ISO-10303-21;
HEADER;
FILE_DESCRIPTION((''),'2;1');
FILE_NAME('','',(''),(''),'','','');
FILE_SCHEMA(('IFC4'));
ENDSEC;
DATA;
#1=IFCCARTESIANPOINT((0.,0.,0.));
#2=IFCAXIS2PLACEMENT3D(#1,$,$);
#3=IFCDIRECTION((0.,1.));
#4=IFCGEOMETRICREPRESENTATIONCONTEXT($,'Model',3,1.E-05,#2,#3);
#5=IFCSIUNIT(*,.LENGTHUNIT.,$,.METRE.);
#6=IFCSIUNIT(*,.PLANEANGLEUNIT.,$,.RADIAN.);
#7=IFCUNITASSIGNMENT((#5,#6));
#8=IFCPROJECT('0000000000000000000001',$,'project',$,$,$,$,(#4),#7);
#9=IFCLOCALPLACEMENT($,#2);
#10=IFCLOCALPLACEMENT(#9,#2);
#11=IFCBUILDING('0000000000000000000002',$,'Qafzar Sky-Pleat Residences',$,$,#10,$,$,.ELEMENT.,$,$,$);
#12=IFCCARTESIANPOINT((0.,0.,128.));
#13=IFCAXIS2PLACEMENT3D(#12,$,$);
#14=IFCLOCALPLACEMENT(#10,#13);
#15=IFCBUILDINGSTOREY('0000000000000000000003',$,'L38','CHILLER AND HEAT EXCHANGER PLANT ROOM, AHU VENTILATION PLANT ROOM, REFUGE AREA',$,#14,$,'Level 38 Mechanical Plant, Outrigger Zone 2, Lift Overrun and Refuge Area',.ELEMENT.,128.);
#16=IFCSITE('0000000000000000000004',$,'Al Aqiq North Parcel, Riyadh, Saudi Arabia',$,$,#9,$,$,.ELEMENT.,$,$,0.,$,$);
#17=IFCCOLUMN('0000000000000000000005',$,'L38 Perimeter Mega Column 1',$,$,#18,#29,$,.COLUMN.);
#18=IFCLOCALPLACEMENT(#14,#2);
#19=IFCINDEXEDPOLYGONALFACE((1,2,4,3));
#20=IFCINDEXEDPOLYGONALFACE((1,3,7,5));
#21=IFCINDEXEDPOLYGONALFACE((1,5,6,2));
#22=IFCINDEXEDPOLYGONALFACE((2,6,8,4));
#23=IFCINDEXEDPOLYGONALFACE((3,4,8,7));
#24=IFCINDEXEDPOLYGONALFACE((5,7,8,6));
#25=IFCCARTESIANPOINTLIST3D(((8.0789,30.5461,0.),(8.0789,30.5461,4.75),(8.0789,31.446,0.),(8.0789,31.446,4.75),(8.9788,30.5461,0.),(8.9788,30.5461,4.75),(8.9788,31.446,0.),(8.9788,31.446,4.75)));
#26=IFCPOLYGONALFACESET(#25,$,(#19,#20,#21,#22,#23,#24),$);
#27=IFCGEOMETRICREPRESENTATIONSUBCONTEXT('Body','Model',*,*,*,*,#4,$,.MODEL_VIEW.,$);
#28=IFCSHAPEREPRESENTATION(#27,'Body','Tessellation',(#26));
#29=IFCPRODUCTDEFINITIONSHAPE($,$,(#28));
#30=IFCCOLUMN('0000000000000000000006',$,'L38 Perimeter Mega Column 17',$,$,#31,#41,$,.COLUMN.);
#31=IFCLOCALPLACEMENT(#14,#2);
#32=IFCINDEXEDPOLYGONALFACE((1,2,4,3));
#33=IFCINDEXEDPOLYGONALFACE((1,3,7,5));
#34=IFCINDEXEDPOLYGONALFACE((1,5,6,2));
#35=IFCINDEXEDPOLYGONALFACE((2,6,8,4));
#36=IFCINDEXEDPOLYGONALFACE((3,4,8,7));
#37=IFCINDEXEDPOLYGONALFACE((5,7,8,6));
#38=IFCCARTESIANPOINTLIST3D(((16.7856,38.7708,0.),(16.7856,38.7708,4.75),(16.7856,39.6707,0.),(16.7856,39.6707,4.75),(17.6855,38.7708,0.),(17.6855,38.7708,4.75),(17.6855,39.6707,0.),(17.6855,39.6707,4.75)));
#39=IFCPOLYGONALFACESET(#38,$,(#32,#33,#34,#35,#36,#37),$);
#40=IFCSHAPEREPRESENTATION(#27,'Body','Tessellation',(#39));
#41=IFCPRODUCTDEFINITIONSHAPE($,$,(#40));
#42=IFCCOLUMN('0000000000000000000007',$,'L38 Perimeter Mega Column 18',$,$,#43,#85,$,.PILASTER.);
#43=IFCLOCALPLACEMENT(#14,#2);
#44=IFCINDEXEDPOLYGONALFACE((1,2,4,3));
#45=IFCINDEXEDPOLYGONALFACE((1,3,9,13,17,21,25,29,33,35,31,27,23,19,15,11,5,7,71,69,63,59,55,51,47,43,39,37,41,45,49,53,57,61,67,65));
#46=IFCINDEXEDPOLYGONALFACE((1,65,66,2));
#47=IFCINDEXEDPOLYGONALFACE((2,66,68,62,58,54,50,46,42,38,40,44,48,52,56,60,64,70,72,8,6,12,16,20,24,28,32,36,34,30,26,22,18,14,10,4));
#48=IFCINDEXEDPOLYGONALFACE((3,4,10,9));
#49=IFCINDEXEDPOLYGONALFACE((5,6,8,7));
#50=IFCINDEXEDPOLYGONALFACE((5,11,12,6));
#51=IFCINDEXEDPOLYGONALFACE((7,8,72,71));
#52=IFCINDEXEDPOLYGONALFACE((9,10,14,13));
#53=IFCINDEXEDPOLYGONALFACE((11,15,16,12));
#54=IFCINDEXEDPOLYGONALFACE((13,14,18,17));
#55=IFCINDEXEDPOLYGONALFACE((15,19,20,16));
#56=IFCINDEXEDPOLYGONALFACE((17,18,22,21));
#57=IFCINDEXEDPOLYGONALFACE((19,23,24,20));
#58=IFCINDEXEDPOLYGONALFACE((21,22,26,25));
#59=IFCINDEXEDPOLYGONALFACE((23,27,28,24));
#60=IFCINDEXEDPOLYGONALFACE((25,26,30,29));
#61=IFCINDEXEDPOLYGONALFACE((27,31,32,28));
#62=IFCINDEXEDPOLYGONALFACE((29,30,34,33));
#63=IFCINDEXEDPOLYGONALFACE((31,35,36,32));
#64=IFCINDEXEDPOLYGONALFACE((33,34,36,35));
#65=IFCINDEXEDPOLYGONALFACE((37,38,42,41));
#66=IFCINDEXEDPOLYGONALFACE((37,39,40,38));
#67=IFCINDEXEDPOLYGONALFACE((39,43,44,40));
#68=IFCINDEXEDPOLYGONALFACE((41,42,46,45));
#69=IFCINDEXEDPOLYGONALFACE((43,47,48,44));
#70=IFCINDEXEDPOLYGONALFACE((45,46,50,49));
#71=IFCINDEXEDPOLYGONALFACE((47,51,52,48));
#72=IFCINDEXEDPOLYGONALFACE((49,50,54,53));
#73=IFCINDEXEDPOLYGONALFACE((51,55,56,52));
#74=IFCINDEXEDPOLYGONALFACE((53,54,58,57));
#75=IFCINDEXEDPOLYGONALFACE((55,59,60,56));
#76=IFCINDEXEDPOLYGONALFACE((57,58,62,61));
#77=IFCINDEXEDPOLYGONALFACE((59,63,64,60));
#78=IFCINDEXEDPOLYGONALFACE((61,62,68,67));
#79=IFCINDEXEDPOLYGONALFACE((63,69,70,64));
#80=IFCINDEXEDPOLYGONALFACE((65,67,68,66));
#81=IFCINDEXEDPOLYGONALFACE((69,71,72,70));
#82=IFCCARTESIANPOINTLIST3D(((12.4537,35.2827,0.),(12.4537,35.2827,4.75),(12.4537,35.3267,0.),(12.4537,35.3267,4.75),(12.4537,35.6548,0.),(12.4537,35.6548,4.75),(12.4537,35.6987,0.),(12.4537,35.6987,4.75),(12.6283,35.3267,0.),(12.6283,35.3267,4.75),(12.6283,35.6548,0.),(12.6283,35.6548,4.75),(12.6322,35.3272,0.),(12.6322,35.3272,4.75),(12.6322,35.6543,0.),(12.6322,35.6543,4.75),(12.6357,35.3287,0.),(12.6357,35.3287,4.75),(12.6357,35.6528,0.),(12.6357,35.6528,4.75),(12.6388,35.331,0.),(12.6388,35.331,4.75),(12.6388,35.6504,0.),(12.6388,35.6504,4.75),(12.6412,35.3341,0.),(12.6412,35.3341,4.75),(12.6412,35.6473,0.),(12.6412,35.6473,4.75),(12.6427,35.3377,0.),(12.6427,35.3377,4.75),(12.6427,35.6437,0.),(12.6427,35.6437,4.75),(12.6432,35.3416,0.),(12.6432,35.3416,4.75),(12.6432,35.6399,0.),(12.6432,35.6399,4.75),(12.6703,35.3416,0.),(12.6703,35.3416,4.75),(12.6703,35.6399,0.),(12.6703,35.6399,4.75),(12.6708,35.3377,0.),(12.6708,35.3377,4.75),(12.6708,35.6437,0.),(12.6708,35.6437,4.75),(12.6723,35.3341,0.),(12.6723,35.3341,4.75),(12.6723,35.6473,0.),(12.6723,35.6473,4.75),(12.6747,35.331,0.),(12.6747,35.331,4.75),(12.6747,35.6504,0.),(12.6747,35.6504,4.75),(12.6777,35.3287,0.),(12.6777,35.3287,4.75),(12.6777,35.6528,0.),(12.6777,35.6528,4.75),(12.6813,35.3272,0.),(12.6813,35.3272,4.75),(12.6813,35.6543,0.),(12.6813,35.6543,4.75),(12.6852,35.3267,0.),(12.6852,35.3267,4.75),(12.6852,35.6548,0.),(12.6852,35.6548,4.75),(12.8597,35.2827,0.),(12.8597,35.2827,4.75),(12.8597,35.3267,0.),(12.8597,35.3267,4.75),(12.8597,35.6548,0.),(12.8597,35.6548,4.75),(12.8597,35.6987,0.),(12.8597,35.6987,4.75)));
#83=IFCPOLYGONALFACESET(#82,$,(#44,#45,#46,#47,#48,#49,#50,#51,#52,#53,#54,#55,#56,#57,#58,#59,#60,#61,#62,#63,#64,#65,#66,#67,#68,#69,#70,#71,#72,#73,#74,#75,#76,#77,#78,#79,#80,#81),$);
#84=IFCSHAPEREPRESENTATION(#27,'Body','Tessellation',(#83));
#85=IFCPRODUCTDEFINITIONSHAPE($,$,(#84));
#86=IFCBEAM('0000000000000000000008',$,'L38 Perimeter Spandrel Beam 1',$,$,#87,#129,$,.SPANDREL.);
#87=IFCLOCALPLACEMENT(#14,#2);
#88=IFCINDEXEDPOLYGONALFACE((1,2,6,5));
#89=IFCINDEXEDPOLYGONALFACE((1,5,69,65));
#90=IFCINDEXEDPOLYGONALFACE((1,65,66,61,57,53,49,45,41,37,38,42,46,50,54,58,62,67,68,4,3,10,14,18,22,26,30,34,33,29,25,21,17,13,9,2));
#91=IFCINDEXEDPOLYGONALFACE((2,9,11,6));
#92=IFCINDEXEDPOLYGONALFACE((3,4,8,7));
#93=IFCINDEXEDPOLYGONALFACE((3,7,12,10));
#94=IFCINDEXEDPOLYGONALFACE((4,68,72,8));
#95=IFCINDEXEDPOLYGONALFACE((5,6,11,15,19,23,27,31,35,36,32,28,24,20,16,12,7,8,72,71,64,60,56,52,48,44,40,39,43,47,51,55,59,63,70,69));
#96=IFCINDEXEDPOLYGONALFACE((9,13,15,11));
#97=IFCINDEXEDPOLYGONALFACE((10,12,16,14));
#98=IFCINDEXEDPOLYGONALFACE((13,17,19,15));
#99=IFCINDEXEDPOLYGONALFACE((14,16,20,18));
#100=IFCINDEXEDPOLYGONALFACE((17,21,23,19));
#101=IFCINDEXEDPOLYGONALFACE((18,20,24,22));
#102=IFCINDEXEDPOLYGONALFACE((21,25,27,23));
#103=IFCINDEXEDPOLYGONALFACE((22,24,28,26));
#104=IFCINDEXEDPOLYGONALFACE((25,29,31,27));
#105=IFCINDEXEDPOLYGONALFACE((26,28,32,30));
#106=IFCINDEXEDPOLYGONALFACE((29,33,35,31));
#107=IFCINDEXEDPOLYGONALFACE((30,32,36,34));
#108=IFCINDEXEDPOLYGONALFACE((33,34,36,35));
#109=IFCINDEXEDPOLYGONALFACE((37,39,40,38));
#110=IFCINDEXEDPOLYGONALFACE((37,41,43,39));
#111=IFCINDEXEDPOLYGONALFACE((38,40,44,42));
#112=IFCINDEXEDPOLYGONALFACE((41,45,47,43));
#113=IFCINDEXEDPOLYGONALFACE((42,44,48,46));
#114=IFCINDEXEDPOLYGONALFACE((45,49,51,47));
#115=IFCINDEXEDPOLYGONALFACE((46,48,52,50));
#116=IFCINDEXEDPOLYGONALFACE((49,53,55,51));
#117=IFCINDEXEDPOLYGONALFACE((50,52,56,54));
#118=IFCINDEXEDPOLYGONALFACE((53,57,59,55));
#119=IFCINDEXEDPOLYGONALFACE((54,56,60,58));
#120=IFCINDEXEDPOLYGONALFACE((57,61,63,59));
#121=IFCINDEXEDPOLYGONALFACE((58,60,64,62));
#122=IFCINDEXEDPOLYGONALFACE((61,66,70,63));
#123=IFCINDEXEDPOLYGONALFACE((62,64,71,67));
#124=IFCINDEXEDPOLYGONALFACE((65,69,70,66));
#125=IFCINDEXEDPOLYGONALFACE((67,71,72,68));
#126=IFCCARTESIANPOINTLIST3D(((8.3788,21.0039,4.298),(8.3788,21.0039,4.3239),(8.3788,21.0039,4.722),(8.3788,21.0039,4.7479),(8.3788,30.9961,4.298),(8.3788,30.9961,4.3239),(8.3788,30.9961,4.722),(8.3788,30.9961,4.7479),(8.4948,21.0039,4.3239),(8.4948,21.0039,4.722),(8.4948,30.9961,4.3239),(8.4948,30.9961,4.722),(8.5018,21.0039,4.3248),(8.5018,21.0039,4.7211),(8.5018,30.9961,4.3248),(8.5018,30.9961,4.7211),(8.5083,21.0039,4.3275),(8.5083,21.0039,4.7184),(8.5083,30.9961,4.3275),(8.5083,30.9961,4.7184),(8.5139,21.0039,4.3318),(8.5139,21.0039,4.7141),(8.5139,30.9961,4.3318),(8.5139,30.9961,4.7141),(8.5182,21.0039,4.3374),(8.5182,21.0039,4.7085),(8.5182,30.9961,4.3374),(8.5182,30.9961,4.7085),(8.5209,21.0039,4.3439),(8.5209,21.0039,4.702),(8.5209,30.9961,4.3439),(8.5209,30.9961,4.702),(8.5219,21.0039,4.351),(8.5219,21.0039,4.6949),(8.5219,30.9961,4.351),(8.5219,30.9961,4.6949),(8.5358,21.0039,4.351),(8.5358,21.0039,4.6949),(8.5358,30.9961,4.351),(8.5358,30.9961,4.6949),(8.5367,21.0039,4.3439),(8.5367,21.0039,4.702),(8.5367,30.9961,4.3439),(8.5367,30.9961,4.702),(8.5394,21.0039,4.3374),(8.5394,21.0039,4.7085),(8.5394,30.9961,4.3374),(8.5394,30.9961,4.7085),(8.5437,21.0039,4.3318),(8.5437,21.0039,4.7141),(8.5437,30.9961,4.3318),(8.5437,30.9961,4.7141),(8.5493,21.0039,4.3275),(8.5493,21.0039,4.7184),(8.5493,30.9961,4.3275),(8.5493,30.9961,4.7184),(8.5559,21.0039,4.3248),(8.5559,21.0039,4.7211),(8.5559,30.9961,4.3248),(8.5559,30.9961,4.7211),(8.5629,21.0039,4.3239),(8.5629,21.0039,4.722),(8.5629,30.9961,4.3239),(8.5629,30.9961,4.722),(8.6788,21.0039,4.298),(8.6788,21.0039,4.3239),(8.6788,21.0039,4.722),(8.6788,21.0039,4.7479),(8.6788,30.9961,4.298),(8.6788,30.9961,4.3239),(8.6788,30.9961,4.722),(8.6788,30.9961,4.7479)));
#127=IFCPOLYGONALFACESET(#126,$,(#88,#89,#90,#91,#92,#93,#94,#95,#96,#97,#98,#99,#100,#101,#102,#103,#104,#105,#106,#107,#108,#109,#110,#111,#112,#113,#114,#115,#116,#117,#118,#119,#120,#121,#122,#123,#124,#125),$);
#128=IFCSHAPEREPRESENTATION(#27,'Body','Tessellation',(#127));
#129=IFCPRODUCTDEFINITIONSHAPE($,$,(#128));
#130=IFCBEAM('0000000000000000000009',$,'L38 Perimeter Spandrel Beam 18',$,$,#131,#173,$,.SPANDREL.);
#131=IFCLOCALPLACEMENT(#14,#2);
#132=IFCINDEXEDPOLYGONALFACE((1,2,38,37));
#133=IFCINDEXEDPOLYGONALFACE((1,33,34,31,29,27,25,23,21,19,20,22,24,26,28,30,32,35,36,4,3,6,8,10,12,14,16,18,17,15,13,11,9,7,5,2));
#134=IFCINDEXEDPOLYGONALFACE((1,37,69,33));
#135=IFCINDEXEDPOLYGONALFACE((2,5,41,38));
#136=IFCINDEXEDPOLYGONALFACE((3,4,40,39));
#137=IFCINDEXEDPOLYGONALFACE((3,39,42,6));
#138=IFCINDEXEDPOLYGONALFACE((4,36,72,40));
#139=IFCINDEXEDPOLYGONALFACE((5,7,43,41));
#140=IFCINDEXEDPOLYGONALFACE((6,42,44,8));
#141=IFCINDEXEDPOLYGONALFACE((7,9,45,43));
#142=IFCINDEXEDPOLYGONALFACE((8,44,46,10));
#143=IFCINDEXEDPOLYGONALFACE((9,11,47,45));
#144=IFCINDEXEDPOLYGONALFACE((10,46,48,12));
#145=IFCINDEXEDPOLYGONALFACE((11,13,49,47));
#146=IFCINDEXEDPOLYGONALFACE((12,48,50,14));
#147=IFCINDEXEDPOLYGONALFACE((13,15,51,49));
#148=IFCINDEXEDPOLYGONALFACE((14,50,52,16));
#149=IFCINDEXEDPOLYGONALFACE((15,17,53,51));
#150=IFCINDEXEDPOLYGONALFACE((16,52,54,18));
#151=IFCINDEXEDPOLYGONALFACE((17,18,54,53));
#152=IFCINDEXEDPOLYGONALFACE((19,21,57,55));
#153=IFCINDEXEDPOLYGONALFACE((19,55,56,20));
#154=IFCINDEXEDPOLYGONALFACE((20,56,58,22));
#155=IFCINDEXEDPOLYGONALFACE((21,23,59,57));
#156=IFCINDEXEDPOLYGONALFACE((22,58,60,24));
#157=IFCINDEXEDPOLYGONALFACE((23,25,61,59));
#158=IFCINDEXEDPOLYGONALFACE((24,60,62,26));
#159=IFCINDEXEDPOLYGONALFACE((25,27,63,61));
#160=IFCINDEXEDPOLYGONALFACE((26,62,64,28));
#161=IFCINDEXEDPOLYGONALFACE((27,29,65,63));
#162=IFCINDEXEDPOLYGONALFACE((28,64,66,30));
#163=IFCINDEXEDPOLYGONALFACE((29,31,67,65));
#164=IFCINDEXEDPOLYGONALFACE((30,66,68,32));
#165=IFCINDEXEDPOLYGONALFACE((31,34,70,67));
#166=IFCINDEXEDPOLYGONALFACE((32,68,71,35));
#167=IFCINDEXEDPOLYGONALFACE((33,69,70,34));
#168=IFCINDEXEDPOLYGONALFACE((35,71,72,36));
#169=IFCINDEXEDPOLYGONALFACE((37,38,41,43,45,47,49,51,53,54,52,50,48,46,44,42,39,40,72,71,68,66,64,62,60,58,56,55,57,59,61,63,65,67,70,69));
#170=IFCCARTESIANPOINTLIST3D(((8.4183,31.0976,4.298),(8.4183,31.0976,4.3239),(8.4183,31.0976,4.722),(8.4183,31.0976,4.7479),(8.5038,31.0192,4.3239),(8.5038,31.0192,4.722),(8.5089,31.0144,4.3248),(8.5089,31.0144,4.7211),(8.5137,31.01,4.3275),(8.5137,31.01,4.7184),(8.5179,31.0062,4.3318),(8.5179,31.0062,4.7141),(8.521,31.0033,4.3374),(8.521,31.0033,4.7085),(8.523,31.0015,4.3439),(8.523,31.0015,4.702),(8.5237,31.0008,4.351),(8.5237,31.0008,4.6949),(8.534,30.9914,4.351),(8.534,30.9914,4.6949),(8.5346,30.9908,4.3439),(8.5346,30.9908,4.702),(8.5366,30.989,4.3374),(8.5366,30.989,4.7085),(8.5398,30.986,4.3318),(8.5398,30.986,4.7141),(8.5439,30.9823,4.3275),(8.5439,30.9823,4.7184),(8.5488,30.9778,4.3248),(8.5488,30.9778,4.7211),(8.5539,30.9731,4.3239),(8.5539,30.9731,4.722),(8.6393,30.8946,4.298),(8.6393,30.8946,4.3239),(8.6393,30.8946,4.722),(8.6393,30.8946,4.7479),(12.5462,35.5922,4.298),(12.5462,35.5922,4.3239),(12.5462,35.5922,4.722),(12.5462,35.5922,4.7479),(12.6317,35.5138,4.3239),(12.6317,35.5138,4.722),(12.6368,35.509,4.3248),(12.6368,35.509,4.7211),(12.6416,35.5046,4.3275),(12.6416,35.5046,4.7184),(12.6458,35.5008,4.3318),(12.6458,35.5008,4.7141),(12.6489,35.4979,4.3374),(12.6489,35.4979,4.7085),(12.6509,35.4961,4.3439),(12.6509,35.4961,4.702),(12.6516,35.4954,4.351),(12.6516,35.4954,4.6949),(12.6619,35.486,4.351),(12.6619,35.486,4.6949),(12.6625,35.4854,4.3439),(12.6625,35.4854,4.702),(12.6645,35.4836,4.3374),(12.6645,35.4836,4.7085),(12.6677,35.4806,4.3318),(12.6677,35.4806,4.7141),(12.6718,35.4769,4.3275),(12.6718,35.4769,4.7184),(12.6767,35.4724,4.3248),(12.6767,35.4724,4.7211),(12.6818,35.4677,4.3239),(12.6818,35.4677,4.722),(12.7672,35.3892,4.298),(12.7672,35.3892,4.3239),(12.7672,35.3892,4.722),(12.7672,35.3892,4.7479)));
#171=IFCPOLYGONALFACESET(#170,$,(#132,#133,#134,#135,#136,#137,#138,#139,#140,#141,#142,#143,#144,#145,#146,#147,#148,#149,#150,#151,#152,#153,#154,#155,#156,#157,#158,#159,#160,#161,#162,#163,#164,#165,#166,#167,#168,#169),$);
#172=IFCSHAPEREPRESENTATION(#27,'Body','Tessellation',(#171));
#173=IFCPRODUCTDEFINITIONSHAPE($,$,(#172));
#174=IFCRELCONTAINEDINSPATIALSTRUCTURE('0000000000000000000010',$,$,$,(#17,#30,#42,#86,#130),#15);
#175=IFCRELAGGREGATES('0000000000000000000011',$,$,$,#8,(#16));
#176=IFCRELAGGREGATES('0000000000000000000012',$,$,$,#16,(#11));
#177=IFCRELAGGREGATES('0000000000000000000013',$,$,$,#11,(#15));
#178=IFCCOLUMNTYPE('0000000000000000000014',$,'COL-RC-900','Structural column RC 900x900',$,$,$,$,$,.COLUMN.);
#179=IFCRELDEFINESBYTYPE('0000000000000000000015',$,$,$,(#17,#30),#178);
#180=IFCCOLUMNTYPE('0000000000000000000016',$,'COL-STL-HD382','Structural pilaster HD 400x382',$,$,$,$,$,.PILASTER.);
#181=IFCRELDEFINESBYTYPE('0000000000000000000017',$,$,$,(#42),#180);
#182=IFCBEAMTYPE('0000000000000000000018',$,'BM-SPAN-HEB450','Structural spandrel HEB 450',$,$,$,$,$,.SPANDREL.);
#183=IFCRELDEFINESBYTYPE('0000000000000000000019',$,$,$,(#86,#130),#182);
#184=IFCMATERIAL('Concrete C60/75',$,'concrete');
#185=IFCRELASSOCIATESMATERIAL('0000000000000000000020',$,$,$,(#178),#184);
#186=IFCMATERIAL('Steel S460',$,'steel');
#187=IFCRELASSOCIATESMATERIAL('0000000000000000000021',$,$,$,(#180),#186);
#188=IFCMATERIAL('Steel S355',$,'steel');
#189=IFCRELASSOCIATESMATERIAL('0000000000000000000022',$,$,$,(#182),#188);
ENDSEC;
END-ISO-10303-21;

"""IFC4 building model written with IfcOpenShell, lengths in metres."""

from ifc_helpers import new_model, si_unit, direction, frame, origin, origin_2d, place, context, subcontext, project, spatial, rectangle, i_section, extrude, source, transform, mapped, material, material_profile, profile_set, type_object, element, save


model = new_model("IFC4")

# Units and contexts
model_context = context("Model", 3, precision=1e-05, world=origin(), true_north=direction((0.0, 1.0)))
body_context = subcontext(model_context, "Body", "Model", "MODEL_VIEW")
ifc_project = project(units=[si_unit("LENGTHUNIT", "METRE"), si_unit("PLANEANGLEUNIT", "RADIAN")], contexts=[model_context])

# Site, building, storey
site_placement = place(None, origin())
site = spatial("IfcSite", under=ifc_project, at=site_placement, Name="Al Aqiq North Parcel, Riyadh, Saudi Arabia", CompositionType="ELEMENT", RefElevation=0.0)
building_placement = place(site_placement, origin())
building = spatial("IfcBuilding", under=site, at=building_placement, Name="Qafzar Sky-Pleat Residences", CompositionType="ELEMENT")
storey_placement = place(building_placement, frame((0.0, 0.0, 128.0)))
storey = spatial("IfcBuildingStorey", under=building, at=storey_placement, Name="L38", Description="CHILLER AND HEAT EXCHANGER PLANT ROOM, AHU VENTILATION PLANT ROOM, REFUGE AREA", LongName="Level 38 Mechanical Plant, Outrigger Zone 2, Lift Overrun and Refuge Area", CompositionType="ELEMENT", Elevation=128.0)

# Columns
ifc_material_1 = material(Name="Concrete C60/75", Category="concrete")
ifc_material_profile_1 = material_profile(ifc_material_1, rectangle(XDim=0.8999, YDim=0.8999, at=origin_2d()), Name="RC 900x900")
ifc_profile_set_1 = profile_set([ifc_material_profile_1], Name="Concrete C60/75")
column_type_1 = type_object("IfcColumnType", Name="COL-RC-900", Description="Structural column RC 900x900", PredefinedType="COLUMN", material=ifc_profile_set_1)
shared_shape_1 = source(origin(), body_context, "Body", "SweptSolid", [
    extrude(rectangle(XDim=0.8999, YDim=0.8999, at=origin_2d()), origin(), (0.0, 0.0, 1.0), 4.75),
])
for number, where, z_axis, x_axis, name in (
    (1, (8.5288, 30.9961, 0.0), (0.0, 0.0, 1.0), (1.0, 0.0, 0.0), "L38 Perimeter Mega Column 1"),
    (2, (17.2356, 39.2207, 0.0), (0.0, 0.0, 1.0), (1.0, 0.0, 0.0), "L38 Perimeter Mega Column 17"),
):
    element("IfcColumn", number, at=place(storey_placement, frame(where, z_axis=z_axis, x_axis=x_axis)), inside=storey, type_object=column_type_1, Name=name, PredefinedType="COLUMN", context=body_context, shape_type="MappedRepresentation", body=[
        mapped(shared_shape_1, transform((0.0, 0.0, 0.0), x_axis=(1.0, 0.0, 0.0), y_axis=(0.0, 1.0, 0.0), z_axis=(0.0, 0.0, 1.0), scale=1.0)),
    ])
ifc_material_2 = material(Name="Steel S460", Category="steel")
ifc_material_profile_2 = material_profile(ifc_material_2, i_section(OverallWidth=0.406, OverallDepth=0.416, WebThickness=0.0271, FlangeThickness=0.0439, FilletRadius=0.0149, at=origin_2d()), Name="HD 400x382")
ifc_profile_set_2 = profile_set([ifc_material_profile_2], Name="Steel S460")
column_type_2 = type_object("IfcColumnType", Name="COL-STL-HD382", Description="Structural pilaster HD 400x382", PredefinedType="PILASTER", material=ifc_profile_set_2)
shared_shape_2 = source(origin(), body_context, "Body", "SweptSolid", [
    extrude(i_section(OverallWidth=0.406, OverallDepth=0.416, WebThickness=0.0271, FlangeThickness=0.0439, FilletRadius=0.0149, at=origin_2d()), origin(), (0.0, 0.0, 1.0), 4.75),
])
column_placement = place(storey_placement, frame((12.6567, 35.4907, 0.0), z_axis=(0.0, 0.0, 1.0), x_axis=(1.0, 0.0, 0.0)))
element("IfcColumn", 3, at=column_placement, inside=storey, type_object=column_type_2, Name="L38 Perimeter Mega Column 18", PredefinedType="PILASTER", context=body_context, shape_type="MappedRepresentation", body=[
    mapped(shared_shape_2, transform((0.0, 0.0, 0.0), x_axis=(1.0, 0.0, 0.0), y_axis=(0.0, 1.0, 0.0), z_axis=(0.0, 0.0, 1.0), scale=1.0)),
])

# Beams
ifc_material_3 = material(Name="Steel S355", Category="steel")
ifc_material_profile_3 = material_profile(ifc_material_3, i_section(OverallWidth=0.3, OverallDepth=0.45, WebThickness=0.0139, FlangeThickness=0.0259, FilletRadius=0.0271, at=origin_2d()), Name="HEB 450")
ifc_profile_set_3 = profile_set([ifc_material_profile_3], Name="Steel S355")
beam_type_1 = type_object("IfcBeamType", Name="BM-SPAN-HEB450", Description="Structural spandrel HEB 450", PredefinedType="SPANDREL", material=ifc_profile_set_3)
shared_shape_3 = source(origin(), body_context, "Body", "SweptSolid", [
    extrude(i_section(OverallWidth=0.3, OverallDepth=0.45, WebThickness=0.0139, FlangeThickness=0.0259, FilletRadius=0.0271, at=origin_2d()), origin(), (0.0, 0.0, 1.0), 9.9922),
])
beam_1_placement = place(storey_placement, frame((8.5288, 30.9961, 4.5229), z_axis=(0.0, -1.0, 0.0), x_axis=(1.0, 0.0, 0.0)))
element("IfcBeam", 4, at=beam_1_placement, inside=storey, type_object=beam_type_1, Name="L38 Perimeter Spandrel Beam 1", PredefinedType="SPANDREL", context=body_context, shape_type="MappedRepresentation", body=[
    mapped(shared_shape_3, transform((0.0, 0.0, 0.0), x_axis=(1.0, 0.0, 0.0), y_axis=(0.0, 1.0, 0.0), z_axis=(0.0, 0.0, 1.0), scale=1.0)),
])
shared_shape_4 = source(origin(), body_context, "Body", "SweptSolid", [
    extrude(i_section(OverallWidth=0.3, OverallDepth=0.45, WebThickness=0.0139, FlangeThickness=0.0259, FilletRadius=0.0271, at=origin_2d()), origin(), (0.0, 0.0, 1.0), 6.1025),
])
beam_2_placement = place(storey_placement, frame((12.6567, 35.4907, 4.5229), z_axis=(-0.676424, -0.736513, 0.0), x_axis=(0.736513, -0.676424, 0.0)))
element("IfcBeam", 5, at=beam_2_placement, inside=storey, type_object=beam_type_1, Name="L38 Perimeter Spandrel Beam 18", PredefinedType="SPANDREL", context=body_context, shape_type="MappedRepresentation", body=[
    mapped(shared_shape_4, transform((0.0, 0.0, 0.0), x_axis=(1.0, 0.0, 0.0), y_axis=(0.0, 1.0, 0.0), z_axis=(0.0, 0.0, 1.0), scale=1.0)),
])

save(model, "model.ifc")
